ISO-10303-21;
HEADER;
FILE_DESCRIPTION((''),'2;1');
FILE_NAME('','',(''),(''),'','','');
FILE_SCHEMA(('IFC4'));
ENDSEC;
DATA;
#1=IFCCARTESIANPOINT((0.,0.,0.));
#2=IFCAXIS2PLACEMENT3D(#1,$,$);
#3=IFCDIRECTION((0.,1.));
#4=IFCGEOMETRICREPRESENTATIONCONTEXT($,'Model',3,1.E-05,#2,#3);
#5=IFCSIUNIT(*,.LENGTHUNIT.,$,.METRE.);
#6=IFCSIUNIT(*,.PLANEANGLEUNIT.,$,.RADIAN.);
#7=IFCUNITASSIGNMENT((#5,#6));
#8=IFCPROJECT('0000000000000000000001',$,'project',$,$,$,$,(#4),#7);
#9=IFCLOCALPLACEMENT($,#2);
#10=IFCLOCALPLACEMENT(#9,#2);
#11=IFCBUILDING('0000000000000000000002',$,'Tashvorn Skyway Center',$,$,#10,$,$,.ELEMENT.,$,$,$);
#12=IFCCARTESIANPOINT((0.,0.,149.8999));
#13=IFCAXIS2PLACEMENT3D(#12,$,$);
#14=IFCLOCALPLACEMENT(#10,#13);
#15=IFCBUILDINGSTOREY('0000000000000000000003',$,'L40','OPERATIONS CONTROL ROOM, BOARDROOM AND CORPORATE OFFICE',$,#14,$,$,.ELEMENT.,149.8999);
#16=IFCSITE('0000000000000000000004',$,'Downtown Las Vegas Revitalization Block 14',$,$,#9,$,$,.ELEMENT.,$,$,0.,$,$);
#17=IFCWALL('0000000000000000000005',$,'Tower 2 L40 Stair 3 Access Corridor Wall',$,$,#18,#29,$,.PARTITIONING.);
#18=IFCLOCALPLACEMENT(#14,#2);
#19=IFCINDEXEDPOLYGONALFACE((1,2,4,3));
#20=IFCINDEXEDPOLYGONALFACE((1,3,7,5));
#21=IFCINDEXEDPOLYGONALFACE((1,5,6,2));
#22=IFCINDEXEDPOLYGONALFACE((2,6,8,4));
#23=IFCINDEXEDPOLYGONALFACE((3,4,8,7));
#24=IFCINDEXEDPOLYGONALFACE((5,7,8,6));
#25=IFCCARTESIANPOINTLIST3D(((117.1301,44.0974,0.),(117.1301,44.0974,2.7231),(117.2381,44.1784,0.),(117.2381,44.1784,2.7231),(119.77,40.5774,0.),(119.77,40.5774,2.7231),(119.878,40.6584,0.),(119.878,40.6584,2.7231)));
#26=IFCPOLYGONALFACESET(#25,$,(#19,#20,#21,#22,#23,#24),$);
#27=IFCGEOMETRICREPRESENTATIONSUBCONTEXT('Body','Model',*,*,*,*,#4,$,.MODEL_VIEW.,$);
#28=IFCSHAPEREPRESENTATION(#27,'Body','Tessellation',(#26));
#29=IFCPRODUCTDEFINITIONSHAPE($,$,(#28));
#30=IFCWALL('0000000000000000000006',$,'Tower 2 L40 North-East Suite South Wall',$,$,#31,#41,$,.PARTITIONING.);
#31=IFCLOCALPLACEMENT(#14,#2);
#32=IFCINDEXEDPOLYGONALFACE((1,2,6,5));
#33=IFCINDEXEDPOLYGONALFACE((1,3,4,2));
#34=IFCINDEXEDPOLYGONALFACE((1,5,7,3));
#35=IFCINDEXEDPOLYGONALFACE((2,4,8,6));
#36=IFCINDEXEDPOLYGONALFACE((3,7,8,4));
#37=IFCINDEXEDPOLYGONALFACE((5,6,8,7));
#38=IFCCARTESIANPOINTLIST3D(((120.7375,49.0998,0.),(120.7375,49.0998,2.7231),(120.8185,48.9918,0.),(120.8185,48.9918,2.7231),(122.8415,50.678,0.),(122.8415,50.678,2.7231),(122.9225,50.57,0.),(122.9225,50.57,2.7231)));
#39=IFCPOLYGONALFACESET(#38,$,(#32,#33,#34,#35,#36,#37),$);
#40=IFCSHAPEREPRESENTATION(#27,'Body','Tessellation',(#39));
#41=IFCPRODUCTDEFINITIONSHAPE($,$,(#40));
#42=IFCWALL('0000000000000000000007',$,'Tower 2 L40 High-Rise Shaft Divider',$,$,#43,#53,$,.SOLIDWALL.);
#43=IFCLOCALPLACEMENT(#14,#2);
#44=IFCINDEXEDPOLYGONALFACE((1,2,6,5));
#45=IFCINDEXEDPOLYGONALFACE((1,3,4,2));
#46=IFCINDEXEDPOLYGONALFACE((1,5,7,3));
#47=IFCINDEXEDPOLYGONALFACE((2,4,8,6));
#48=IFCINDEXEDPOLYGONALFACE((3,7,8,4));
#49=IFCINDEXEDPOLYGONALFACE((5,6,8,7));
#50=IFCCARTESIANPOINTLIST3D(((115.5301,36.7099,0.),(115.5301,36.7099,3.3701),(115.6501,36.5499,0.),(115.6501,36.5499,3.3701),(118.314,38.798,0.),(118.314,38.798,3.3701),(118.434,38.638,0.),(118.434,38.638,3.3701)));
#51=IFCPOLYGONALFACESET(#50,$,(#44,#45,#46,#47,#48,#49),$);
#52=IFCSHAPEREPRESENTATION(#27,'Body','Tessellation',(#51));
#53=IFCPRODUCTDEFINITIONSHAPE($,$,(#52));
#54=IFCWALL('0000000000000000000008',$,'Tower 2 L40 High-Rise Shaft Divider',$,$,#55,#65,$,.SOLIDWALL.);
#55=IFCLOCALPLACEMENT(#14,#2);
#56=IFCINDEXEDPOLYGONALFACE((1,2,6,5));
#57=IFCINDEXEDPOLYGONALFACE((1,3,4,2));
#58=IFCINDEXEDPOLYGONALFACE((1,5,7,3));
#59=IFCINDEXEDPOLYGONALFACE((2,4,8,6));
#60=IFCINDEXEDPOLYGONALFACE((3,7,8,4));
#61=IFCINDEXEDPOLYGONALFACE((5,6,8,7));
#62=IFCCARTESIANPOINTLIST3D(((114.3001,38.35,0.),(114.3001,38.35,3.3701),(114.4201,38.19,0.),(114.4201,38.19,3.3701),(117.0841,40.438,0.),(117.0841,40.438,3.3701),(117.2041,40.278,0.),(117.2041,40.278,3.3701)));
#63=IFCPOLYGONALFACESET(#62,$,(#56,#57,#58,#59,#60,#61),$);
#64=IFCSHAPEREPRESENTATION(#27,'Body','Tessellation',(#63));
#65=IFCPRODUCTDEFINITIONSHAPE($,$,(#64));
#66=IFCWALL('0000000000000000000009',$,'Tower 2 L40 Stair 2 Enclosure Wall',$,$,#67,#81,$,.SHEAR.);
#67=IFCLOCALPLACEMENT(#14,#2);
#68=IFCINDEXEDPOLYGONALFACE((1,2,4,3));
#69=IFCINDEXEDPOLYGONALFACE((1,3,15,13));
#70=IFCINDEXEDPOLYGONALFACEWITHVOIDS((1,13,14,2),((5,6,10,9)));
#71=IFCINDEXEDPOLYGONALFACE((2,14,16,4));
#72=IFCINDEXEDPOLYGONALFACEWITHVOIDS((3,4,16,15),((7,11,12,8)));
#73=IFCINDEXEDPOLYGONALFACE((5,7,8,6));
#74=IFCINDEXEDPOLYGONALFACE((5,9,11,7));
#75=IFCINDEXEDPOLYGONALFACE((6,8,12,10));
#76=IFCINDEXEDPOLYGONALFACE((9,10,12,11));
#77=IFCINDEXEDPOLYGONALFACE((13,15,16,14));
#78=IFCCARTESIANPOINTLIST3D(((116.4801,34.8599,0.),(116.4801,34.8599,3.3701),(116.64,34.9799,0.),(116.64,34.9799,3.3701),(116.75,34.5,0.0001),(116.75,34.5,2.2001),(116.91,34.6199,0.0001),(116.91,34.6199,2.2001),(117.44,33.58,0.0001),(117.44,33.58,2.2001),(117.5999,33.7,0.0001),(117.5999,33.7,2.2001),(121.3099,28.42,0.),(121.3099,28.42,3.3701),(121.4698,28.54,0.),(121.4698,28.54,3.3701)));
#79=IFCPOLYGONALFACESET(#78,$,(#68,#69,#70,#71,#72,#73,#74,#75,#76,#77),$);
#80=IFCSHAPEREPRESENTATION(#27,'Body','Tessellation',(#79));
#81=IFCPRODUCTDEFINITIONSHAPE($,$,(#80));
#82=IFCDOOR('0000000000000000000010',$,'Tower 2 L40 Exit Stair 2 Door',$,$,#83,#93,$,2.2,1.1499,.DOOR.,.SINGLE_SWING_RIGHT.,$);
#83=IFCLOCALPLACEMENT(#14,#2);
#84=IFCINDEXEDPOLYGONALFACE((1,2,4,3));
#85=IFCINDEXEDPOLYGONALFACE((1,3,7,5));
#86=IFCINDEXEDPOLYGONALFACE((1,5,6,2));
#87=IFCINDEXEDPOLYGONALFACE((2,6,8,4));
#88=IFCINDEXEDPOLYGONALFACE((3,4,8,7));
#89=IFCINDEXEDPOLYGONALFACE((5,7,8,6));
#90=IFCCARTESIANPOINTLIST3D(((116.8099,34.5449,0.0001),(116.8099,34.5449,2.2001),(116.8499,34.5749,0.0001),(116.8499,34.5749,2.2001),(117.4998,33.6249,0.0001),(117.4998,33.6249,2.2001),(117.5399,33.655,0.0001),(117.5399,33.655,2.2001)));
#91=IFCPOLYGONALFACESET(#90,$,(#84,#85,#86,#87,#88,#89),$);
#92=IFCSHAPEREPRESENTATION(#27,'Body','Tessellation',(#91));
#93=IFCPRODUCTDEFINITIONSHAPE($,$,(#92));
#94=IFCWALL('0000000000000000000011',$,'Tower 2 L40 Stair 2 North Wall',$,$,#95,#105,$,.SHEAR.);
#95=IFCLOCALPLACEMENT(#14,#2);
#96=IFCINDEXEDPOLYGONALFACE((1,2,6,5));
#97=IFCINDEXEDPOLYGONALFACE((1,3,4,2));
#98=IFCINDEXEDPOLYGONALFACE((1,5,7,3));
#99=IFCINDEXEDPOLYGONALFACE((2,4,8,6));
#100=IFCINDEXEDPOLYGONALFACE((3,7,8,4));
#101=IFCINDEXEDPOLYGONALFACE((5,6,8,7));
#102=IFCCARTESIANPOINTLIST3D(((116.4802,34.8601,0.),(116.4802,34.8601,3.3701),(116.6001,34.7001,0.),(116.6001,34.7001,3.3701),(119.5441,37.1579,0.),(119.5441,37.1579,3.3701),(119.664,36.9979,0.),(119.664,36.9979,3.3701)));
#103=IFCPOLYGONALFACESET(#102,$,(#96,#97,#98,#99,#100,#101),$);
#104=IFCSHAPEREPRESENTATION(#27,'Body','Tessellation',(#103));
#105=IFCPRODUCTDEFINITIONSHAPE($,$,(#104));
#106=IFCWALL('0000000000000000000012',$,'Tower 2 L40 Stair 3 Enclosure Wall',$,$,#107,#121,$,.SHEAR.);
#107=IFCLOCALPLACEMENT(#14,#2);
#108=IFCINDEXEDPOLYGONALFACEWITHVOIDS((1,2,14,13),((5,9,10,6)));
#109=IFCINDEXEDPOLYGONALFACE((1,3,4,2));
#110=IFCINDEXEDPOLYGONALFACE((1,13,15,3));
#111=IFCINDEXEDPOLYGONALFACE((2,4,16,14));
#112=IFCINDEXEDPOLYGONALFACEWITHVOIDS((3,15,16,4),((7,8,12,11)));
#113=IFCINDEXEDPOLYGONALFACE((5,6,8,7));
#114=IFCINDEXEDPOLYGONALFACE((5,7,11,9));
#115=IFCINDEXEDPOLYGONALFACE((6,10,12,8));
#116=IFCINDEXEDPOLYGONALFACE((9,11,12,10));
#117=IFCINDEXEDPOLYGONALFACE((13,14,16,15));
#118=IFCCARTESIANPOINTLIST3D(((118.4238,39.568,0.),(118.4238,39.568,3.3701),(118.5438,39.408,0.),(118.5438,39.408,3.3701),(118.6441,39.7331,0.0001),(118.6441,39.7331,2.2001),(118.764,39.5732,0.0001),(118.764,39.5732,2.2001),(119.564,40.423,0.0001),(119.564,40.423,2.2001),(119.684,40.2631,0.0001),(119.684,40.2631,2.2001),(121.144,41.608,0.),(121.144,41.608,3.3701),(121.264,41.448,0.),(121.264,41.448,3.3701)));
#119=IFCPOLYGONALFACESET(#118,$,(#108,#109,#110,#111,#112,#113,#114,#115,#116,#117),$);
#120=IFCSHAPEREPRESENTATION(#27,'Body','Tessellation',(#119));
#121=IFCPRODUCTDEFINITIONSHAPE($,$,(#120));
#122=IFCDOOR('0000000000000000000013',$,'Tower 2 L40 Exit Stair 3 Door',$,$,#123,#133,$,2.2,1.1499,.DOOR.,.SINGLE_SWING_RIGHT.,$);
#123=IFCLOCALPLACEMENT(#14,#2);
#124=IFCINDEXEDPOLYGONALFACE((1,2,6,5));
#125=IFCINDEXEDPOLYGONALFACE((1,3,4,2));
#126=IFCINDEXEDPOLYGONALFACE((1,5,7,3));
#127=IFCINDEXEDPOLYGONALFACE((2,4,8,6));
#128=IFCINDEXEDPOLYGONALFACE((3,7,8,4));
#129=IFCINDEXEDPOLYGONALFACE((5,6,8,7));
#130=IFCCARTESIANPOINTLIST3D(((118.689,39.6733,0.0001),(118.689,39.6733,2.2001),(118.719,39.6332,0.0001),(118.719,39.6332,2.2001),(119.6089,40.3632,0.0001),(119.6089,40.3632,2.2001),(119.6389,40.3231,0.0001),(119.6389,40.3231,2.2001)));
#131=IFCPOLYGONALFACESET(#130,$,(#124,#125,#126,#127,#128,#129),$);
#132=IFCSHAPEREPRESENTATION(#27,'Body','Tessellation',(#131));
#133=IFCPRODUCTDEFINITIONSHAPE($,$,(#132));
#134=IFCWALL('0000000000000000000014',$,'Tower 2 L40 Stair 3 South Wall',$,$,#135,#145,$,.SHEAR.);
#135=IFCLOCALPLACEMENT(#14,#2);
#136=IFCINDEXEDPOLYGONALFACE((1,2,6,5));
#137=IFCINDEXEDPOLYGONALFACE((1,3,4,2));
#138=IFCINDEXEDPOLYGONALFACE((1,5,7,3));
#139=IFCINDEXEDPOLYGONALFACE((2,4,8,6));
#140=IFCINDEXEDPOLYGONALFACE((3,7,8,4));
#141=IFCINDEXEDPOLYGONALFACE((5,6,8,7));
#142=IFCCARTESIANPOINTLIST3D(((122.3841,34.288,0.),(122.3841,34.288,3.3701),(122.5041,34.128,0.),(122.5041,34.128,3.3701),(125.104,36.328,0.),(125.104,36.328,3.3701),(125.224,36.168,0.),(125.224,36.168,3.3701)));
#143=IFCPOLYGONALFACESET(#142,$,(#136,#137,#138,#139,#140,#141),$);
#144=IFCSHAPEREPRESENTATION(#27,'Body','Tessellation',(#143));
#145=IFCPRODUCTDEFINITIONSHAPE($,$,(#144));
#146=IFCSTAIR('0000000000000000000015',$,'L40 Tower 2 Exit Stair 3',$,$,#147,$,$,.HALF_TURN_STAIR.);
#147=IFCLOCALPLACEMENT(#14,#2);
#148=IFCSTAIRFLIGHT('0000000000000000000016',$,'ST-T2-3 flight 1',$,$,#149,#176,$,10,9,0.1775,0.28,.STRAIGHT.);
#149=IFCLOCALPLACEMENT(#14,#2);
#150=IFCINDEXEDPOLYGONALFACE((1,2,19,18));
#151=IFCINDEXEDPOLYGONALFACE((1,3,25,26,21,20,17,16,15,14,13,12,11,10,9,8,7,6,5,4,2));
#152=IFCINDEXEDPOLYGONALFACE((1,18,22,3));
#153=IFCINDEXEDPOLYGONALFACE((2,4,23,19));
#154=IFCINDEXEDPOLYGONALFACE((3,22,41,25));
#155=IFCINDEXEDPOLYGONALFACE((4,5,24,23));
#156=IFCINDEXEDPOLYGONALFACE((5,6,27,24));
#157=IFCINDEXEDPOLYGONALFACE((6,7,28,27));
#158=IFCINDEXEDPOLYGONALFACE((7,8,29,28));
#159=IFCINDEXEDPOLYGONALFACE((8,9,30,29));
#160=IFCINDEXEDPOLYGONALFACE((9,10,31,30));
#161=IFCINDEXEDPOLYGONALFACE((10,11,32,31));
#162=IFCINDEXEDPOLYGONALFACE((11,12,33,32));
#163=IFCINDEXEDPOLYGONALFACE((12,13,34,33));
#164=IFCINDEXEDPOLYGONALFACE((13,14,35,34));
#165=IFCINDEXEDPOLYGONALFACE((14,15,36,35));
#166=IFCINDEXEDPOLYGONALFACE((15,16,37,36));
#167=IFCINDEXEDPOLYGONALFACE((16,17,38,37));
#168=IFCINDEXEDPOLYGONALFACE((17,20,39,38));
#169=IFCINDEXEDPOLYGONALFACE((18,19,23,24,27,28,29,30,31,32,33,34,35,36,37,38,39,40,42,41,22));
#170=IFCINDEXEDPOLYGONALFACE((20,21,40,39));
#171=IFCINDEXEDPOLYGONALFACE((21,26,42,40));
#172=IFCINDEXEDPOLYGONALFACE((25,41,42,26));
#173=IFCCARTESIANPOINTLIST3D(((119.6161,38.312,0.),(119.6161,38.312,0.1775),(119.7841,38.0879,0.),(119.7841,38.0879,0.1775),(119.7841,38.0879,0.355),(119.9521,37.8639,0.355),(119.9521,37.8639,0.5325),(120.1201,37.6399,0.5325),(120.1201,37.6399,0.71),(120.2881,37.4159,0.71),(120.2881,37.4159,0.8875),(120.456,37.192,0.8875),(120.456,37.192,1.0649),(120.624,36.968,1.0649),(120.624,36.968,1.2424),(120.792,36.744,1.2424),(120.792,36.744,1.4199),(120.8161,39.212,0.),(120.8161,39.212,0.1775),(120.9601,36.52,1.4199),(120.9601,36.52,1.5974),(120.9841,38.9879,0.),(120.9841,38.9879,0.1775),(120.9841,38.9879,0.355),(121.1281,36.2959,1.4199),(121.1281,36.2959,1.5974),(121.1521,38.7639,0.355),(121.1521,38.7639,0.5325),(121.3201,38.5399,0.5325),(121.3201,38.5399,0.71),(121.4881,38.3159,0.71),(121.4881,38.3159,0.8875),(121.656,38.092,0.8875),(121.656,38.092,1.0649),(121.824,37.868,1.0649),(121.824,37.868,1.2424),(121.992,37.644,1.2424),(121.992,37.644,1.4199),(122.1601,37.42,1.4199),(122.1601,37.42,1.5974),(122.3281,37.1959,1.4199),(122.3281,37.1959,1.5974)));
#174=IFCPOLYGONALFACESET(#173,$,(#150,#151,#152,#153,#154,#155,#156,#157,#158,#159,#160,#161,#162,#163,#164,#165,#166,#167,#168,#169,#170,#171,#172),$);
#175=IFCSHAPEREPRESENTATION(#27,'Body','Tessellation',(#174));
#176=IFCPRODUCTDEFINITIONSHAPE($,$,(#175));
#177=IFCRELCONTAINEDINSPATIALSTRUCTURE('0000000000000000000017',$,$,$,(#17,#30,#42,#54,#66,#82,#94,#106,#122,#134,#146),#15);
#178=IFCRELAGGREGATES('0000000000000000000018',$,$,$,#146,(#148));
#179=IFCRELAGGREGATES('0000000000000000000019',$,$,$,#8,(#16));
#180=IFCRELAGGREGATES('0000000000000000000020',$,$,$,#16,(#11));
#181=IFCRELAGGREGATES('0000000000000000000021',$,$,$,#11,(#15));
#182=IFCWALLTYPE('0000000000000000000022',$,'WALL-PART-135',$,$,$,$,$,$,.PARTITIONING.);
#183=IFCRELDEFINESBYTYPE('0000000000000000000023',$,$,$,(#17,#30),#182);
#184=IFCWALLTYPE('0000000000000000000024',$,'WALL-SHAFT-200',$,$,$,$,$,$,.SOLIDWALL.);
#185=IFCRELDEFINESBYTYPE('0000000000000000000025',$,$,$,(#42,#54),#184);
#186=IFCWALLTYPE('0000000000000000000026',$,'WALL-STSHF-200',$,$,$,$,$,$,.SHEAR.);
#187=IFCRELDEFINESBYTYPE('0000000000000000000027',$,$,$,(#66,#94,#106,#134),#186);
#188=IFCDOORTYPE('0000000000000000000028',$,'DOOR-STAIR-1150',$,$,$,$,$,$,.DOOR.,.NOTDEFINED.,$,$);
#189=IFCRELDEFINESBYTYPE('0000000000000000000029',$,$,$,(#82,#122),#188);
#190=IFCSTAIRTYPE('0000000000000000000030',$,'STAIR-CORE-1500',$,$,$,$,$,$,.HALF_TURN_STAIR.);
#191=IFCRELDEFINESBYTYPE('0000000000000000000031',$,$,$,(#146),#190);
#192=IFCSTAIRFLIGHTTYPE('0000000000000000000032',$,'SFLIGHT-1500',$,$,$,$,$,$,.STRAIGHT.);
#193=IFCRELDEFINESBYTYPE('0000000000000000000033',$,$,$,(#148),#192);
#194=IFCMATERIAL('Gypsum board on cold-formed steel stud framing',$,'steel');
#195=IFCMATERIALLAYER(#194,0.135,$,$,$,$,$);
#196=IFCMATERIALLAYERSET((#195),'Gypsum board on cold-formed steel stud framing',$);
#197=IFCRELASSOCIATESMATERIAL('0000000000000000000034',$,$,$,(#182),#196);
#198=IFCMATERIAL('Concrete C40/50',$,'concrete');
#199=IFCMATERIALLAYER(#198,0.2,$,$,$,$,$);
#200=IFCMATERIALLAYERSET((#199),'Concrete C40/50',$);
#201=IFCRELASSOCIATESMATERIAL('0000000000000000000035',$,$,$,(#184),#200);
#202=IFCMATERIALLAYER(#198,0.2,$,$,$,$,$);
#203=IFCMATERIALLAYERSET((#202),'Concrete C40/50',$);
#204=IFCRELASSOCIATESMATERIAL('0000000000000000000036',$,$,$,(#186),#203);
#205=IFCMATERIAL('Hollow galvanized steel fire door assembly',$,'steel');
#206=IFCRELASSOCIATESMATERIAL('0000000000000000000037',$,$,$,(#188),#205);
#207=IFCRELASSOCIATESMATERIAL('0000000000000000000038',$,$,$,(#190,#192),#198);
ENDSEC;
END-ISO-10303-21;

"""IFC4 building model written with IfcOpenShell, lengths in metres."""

from ifc_helpers import new_model, si_unit, direction, frame, frame_2d, origin, place, context, subcontext, project, spatial, polyline, rectangle, outline, extrude, material, layer, layer_set, type_object, element, fill, aggregate, save


model = new_model("IFC4")

# Units and contexts
model_context = context("Model", 3, precision=1e-05, world=origin(), true_north=direction((0.0, 1.0)))
body_context = subcontext(model_context, "Body", "Model", "MODEL_VIEW")
ifc_project = project(units=[si_unit("LENGTHUNIT", "METRE"), si_unit("PLANEANGLEUNIT", "RADIAN")], contexts=[model_context])

# Site, building, storey
site_placement = place(None, origin())
site = spatial("IfcSite", under=ifc_project, at=site_placement, Name="Downtown Las Vegas Revitalization Block 14", CompositionType="ELEMENT", RefElevation=0.0)
building_placement = place(site_placement, origin())
building = spatial("IfcBuilding", under=site, at=building_placement, Name="Tashvorn Skyway Center", CompositionType="ELEMENT")
storey_placement = place(building_placement, frame((0.0, 0.0, 149.8999)))
storey = spatial("IfcBuildingStorey", under=building, at=storey_placement, Name="L40", Description="OPERATIONS CONTROL ROOM, BOARDROOM AND CORPORATE OFFICE", CompositionType="ELEMENT", Elevation=149.8999)

# Walls
ifc_material_1 = material(Name="Gypsum board on cold-formed steel stud framing", Category="steel")
ifc_layer_1 = layer(ifc_material_1, 0.135)
ifc_layer_set_1 = layer_set([ifc_layer_1], Name="Gypsum board on cold-formed steel stud framing")
wall_type_1 = type_object("IfcWallType", Name="WALL-PART-135", PredefinedType="PARTITIONING", material=ifc_layer_set_1)
wall_1_placement = place(storey_placement, frame((119.824, 40.6179, 0.0), z_axis=(0.0, 0.0, 1.0), x_axis=(-0.599982, 0.800013, 0.0)))
element("IfcWall", 1, at=wall_1_placement, inside=storey, type_object=wall_type_1, Name="Tower 2 L40 Stair 3 Access Corridor Wall", PredefinedType="PARTITIONING", context=body_context, shape_type="SweptSolid", body=[
    extrude(rectangle(XDim=4.3999, YDim=0.135, at=frame_2d((2.2, 0.0))), origin(), (0.0, 0.0, 1.0), 2.7231),
])
wall_2_placement = place(storey_placement, frame((120.7781, 49.0459, 0.0), z_axis=(0.0, 0.0, 1.0), x_axis=(0.799978, 0.60003, 0.0)))
element("IfcWall", 2, at=wall_2_placement, inside=storey, type_object=wall_type_1, Name="Tower 2 L40 North-East Suite South Wall", PredefinedType="PARTITIONING", context=body_context, shape_type="SweptSolid", body=[
    extrude(rectangle(XDim=2.6301, YDim=0.135, at=frame_2d((1.3149, 0.0))), origin(), (0.0, 0.0, 1.0), 2.7231),
])
ifc_material_2 = material(Name="Concrete C40/50", Category="concrete")
ifc_layer_2 = layer(ifc_material_2, 0.2)
ifc_layer_set_2 = layer_set([ifc_layer_2], Name="Concrete C40/50")
wall_type_2 = type_object("IfcWallType", Name="WALL-SHAFT-200", PredefinedType="SOLIDWALL", material=ifc_layer_set_2)
for number, where, z_axis, x_axis, name in (
    (3, (115.5901, 36.6299, 0.0), (0.0, 0.0, 1.0), (0.799975, 0.600034, 0.0), "Tower 2 L40 High-Rise Shaft Divider"),
    (4, (114.3601, 38.27, 0.0), (0.0, 0.0, 1.0), (0.800008, 0.599989, 0.0), "Tower 2 L40 High-Rise Shaft Divider"),
):
    element("IfcWall", number, at=place(storey_placement, frame(where, z_axis=z_axis, x_axis=x_axis)), inside=storey, type_object=wall_type_2, Name=name, PredefinedType="SOLIDWALL", context=body_context, shape_type="SweptSolid", body=[
        extrude(rectangle(XDim=3.48, YDim=0.2, at=frame_2d((1.74, 0.0))), origin(), (0.0, 0.0, 1.0), 3.3701),
    ])

# Wall, opening, door
ifc_layer_3 = layer(ifc_material_2, 0.2)
ifc_layer_set_3 = layer_set([ifc_layer_3], Name="Concrete C40/50")
wall_type_3 = type_object("IfcWallType", Name="WALL-STSHF-200", PredefinedType="SHEAR", material=ifc_layer_set_3)
wall_3_placement = place(storey_placement, frame((116.5601, 34.9199, 0.0), z_axis=(0.0, 0.0, 1.0), x_axis=(0.59999, -0.800007, 0.0)))
wall_3 = element("IfcWall", 5, at=wall_3_placement, inside=storey, type_object=wall_type_3, Name="Tower 2 L40 Stair 2 Enclosure Wall", PredefinedType="SHEAR", context=body_context, shape_type="SweptSolid", body=[
    extrude(rectangle(XDim=8.0498, YDim=0.2, at=frame_2d((4.0249, 0.0))), origin(), (0.0, 0.0, 1.0), 3.3701),
])
opening_1_placement = place(wall_3_placement, frame((0.45, 0.0, 0.0)))
opening_1 = element("IfcOpeningElement", 6, at=opening_1_placement, cuts=wall_3, PredefinedType="OPENING", context=body_context, shape_type="SweptSolid", body=[
    extrude(rectangle(XDim=1.1499, YDim=2.2, at=frame_2d((0.575, 1.1001))), frame((0.0, 0.1099, 0.0), z_axis=(0.0, -1.0, 0.0), x_axis=(1.0, 0.0, 0.0)), (0.0, 0.0, 1.0), 0.22),
])
ifc_material_3 = material(Name="Hollow galvanized steel fire door assembly", Category="steel")
door_type = type_object("IfcDoorType", Name="DOOR-STAIR-1150", OperationType="NOTDEFINED", PredefinedType="DOOR", material=ifc_material_3)
door_1_placement = place(opening_1_placement, origin())
door_1 = element("IfcDoor", 7, at=door_1_placement, inside=storey, type_object=door_type, Name="Tower 2 L40 Exit Stair 2 Door", OperationType="SINGLE_SWING_RIGHT", OverallHeight=2.2, OverallWidth=1.1499, PredefinedType="DOOR", context=body_context, shape_type="SweptSolid", body=[
    extrude(rectangle(XDim=1.1499, YDim=2.2, at=frame_2d((0.575, 1.1001))), frame((0.0, 0.0249, 0.0), z_axis=(0.0, -1.0, 0.0), x_axis=(1.0, 0.0, 0.0)), (0.0, 0.0, 1.0), 0.05),
])
fill(opening_1, door_1)

# Wall
wall_4_placement = place(storey_placement, frame((116.54, 34.78, 0.0), z_axis=(0.0, 0.0, 1.0), x_axis=(0.800015, 0.59998, 0.0)))
element("IfcWall", 8, at=wall_4_placement, inside=storey, type_object=wall_type_3, Name="Tower 2 L40 Stair 2 North Wall", PredefinedType="SHEAR", context=body_context, shape_type="SweptSolid", body=[
    extrude(rectangle(XDim=3.8298, YDim=0.2, at=frame_2d((1.915, 0.0))), origin(), (0.0, 0.0, 1.0), 3.3701),
])

# Wall, opening, door
wall_5_placement = place(storey_placement, frame((121.2041, 41.5281, 0.0), z_axis=(0.0, 0.0, 1.0), x_axis=(-0.800017, -0.599977, 0.0)))
wall_5 = element("IfcWall", 9, at=wall_5_placement, inside=storey, type_object=wall_type_3, Name="Tower 2 L40 Stair 3 Enclosure Wall", PredefinedType="SHEAR", context=body_context, shape_type="SweptSolid", body=[
    extrude(rectangle(XDim=3.4001, YDim=0.2, at=frame_2d((1.7002, 0.0))), origin(), (0.0, 0.0, 1.0), 3.3701),
])
opening_2_placement = place(wall_5_placement, frame((1.9751, 0.0, 0.0)))
opening_2 = element("IfcOpeningElement", 10, at=opening_2_placement, cuts=wall_5, PredefinedType="OPENING", context=body_context, shape_type="SweptSolid", body=[
    extrude(rectangle(XDim=1.1499, YDim=2.2, at=frame_2d((0.575, 1.1001))), frame((0.0, 0.1099, 0.0), z_axis=(0.0, -1.0, 0.0), x_axis=(1.0, 0.0, 0.0)), (0.0, 0.0, 1.0), 0.22),
])
door_2_placement = place(opening_2_placement, origin())
door_2 = element("IfcDoor", 11, at=door_2_placement, inside=storey, type_object=door_type, Name="Tower 2 L40 Exit Stair 3 Door", OperationType="SINGLE_SWING_RIGHT", OverallHeight=2.2, OverallWidth=1.1499, PredefinedType="DOOR", context=body_context, shape_type="SweptSolid", body=[
    extrude(rectangle(XDim=1.1499, YDim=2.2, at=frame_2d((0.575, 1.1001))), frame((0.0, 0.0249, 0.0), z_axis=(0.0, -1.0, 0.0), x_axis=(1.0, 0.0, 0.0)), (0.0, 0.0, 1.0), 0.05),
])
fill(opening_2, door_2)

# Wall
wall_6_placement = place(storey_placement, frame((122.4441, 34.208, 0.0), z_axis=(0.0, 0.0, 1.0), x_axis=(0.799991, 0.600011, 0.0)))
element("IfcWall", 12, at=wall_6_placement, inside=storey, type_object=wall_type_3, Name="Tower 2 L40 Stair 3 South Wall", PredefinedType="SHEAR", context=body_context, shape_type="SweptSolid", body=[
    extrude(rectangle(XDim=3.3999, YDim=0.2, at=frame_2d((1.7, 0.0))), origin(), (0.0, 0.0, 1.0), 3.3701),
])

# Stair, stair flight
stair_type = type_object("IfcStairType", Name="STAIR-CORE-1500", PredefinedType="HALF_TURN_STAIR", material=ifc_material_2)
stair_placement = place(storey_placement, origin())
stair = element("IfcStair", 13, at=stair_placement, inside=storey, type_object=stair_type, Name="L40 Tower 2 Exit Stair 3", PredefinedType="HALF_TURN_STAIR")
stair_flight_type = type_object("IfcStairFlightType", Name="SFLIGHT-1500", PredefinedType="STRAIGHT", material=ifc_material_2)
stair_flight_placement = place(storey_placement, frame((120.2161, 38.762, 0.0), z_axis=(0.0, 0.0, 1.0), x_axis=(0.6, -0.8, 0.0)))
stair_flight = element("IfcStairFlight", 14, at=stair_flight_placement, type_object=stair_flight_type, Name="ST-T2-3 flight 1", NumberOfRisers=10, NumberOfTreads=9, PredefinedType="STRAIGHT", RiserHeight=0.1775, TreadLength=0.28, context=body_context, shape_type="SweptSolid", body=[
    extrude(outline(polyline([(0.0, 0.0), (0.0, 0.1775), (0.28, 0.1775), (0.28, 0.355), (0.5601, 0.355), (0.5601, 0.5325), (0.8401, 0.5325), (0.8401, 0.71), (1.1201, 0.71), (1.1201, 0.8875), (1.3999, 0.8875), (1.3999, 1.0649), (1.6799, 1.0649), (1.6799, 1.2424), (1.96, 1.2424), (1.96, 1.4199), (2.24, 1.4199), (2.24, 1.5974), (2.52, 1.5974), (2.52, 1.7749), (2.52, 1.4199), (0.28, 0.0), (0.0, 0.0)])), frame((0.0, 0.75, 0.0), z_axis=(0.0, -1.0, 0.0), x_axis=(1.0, 0.0, 0.0)), (0.0, 0.0, 1.0), 1.5),
])
aggregate(stair, [stair_flight])

save(model, "model.ifc")
